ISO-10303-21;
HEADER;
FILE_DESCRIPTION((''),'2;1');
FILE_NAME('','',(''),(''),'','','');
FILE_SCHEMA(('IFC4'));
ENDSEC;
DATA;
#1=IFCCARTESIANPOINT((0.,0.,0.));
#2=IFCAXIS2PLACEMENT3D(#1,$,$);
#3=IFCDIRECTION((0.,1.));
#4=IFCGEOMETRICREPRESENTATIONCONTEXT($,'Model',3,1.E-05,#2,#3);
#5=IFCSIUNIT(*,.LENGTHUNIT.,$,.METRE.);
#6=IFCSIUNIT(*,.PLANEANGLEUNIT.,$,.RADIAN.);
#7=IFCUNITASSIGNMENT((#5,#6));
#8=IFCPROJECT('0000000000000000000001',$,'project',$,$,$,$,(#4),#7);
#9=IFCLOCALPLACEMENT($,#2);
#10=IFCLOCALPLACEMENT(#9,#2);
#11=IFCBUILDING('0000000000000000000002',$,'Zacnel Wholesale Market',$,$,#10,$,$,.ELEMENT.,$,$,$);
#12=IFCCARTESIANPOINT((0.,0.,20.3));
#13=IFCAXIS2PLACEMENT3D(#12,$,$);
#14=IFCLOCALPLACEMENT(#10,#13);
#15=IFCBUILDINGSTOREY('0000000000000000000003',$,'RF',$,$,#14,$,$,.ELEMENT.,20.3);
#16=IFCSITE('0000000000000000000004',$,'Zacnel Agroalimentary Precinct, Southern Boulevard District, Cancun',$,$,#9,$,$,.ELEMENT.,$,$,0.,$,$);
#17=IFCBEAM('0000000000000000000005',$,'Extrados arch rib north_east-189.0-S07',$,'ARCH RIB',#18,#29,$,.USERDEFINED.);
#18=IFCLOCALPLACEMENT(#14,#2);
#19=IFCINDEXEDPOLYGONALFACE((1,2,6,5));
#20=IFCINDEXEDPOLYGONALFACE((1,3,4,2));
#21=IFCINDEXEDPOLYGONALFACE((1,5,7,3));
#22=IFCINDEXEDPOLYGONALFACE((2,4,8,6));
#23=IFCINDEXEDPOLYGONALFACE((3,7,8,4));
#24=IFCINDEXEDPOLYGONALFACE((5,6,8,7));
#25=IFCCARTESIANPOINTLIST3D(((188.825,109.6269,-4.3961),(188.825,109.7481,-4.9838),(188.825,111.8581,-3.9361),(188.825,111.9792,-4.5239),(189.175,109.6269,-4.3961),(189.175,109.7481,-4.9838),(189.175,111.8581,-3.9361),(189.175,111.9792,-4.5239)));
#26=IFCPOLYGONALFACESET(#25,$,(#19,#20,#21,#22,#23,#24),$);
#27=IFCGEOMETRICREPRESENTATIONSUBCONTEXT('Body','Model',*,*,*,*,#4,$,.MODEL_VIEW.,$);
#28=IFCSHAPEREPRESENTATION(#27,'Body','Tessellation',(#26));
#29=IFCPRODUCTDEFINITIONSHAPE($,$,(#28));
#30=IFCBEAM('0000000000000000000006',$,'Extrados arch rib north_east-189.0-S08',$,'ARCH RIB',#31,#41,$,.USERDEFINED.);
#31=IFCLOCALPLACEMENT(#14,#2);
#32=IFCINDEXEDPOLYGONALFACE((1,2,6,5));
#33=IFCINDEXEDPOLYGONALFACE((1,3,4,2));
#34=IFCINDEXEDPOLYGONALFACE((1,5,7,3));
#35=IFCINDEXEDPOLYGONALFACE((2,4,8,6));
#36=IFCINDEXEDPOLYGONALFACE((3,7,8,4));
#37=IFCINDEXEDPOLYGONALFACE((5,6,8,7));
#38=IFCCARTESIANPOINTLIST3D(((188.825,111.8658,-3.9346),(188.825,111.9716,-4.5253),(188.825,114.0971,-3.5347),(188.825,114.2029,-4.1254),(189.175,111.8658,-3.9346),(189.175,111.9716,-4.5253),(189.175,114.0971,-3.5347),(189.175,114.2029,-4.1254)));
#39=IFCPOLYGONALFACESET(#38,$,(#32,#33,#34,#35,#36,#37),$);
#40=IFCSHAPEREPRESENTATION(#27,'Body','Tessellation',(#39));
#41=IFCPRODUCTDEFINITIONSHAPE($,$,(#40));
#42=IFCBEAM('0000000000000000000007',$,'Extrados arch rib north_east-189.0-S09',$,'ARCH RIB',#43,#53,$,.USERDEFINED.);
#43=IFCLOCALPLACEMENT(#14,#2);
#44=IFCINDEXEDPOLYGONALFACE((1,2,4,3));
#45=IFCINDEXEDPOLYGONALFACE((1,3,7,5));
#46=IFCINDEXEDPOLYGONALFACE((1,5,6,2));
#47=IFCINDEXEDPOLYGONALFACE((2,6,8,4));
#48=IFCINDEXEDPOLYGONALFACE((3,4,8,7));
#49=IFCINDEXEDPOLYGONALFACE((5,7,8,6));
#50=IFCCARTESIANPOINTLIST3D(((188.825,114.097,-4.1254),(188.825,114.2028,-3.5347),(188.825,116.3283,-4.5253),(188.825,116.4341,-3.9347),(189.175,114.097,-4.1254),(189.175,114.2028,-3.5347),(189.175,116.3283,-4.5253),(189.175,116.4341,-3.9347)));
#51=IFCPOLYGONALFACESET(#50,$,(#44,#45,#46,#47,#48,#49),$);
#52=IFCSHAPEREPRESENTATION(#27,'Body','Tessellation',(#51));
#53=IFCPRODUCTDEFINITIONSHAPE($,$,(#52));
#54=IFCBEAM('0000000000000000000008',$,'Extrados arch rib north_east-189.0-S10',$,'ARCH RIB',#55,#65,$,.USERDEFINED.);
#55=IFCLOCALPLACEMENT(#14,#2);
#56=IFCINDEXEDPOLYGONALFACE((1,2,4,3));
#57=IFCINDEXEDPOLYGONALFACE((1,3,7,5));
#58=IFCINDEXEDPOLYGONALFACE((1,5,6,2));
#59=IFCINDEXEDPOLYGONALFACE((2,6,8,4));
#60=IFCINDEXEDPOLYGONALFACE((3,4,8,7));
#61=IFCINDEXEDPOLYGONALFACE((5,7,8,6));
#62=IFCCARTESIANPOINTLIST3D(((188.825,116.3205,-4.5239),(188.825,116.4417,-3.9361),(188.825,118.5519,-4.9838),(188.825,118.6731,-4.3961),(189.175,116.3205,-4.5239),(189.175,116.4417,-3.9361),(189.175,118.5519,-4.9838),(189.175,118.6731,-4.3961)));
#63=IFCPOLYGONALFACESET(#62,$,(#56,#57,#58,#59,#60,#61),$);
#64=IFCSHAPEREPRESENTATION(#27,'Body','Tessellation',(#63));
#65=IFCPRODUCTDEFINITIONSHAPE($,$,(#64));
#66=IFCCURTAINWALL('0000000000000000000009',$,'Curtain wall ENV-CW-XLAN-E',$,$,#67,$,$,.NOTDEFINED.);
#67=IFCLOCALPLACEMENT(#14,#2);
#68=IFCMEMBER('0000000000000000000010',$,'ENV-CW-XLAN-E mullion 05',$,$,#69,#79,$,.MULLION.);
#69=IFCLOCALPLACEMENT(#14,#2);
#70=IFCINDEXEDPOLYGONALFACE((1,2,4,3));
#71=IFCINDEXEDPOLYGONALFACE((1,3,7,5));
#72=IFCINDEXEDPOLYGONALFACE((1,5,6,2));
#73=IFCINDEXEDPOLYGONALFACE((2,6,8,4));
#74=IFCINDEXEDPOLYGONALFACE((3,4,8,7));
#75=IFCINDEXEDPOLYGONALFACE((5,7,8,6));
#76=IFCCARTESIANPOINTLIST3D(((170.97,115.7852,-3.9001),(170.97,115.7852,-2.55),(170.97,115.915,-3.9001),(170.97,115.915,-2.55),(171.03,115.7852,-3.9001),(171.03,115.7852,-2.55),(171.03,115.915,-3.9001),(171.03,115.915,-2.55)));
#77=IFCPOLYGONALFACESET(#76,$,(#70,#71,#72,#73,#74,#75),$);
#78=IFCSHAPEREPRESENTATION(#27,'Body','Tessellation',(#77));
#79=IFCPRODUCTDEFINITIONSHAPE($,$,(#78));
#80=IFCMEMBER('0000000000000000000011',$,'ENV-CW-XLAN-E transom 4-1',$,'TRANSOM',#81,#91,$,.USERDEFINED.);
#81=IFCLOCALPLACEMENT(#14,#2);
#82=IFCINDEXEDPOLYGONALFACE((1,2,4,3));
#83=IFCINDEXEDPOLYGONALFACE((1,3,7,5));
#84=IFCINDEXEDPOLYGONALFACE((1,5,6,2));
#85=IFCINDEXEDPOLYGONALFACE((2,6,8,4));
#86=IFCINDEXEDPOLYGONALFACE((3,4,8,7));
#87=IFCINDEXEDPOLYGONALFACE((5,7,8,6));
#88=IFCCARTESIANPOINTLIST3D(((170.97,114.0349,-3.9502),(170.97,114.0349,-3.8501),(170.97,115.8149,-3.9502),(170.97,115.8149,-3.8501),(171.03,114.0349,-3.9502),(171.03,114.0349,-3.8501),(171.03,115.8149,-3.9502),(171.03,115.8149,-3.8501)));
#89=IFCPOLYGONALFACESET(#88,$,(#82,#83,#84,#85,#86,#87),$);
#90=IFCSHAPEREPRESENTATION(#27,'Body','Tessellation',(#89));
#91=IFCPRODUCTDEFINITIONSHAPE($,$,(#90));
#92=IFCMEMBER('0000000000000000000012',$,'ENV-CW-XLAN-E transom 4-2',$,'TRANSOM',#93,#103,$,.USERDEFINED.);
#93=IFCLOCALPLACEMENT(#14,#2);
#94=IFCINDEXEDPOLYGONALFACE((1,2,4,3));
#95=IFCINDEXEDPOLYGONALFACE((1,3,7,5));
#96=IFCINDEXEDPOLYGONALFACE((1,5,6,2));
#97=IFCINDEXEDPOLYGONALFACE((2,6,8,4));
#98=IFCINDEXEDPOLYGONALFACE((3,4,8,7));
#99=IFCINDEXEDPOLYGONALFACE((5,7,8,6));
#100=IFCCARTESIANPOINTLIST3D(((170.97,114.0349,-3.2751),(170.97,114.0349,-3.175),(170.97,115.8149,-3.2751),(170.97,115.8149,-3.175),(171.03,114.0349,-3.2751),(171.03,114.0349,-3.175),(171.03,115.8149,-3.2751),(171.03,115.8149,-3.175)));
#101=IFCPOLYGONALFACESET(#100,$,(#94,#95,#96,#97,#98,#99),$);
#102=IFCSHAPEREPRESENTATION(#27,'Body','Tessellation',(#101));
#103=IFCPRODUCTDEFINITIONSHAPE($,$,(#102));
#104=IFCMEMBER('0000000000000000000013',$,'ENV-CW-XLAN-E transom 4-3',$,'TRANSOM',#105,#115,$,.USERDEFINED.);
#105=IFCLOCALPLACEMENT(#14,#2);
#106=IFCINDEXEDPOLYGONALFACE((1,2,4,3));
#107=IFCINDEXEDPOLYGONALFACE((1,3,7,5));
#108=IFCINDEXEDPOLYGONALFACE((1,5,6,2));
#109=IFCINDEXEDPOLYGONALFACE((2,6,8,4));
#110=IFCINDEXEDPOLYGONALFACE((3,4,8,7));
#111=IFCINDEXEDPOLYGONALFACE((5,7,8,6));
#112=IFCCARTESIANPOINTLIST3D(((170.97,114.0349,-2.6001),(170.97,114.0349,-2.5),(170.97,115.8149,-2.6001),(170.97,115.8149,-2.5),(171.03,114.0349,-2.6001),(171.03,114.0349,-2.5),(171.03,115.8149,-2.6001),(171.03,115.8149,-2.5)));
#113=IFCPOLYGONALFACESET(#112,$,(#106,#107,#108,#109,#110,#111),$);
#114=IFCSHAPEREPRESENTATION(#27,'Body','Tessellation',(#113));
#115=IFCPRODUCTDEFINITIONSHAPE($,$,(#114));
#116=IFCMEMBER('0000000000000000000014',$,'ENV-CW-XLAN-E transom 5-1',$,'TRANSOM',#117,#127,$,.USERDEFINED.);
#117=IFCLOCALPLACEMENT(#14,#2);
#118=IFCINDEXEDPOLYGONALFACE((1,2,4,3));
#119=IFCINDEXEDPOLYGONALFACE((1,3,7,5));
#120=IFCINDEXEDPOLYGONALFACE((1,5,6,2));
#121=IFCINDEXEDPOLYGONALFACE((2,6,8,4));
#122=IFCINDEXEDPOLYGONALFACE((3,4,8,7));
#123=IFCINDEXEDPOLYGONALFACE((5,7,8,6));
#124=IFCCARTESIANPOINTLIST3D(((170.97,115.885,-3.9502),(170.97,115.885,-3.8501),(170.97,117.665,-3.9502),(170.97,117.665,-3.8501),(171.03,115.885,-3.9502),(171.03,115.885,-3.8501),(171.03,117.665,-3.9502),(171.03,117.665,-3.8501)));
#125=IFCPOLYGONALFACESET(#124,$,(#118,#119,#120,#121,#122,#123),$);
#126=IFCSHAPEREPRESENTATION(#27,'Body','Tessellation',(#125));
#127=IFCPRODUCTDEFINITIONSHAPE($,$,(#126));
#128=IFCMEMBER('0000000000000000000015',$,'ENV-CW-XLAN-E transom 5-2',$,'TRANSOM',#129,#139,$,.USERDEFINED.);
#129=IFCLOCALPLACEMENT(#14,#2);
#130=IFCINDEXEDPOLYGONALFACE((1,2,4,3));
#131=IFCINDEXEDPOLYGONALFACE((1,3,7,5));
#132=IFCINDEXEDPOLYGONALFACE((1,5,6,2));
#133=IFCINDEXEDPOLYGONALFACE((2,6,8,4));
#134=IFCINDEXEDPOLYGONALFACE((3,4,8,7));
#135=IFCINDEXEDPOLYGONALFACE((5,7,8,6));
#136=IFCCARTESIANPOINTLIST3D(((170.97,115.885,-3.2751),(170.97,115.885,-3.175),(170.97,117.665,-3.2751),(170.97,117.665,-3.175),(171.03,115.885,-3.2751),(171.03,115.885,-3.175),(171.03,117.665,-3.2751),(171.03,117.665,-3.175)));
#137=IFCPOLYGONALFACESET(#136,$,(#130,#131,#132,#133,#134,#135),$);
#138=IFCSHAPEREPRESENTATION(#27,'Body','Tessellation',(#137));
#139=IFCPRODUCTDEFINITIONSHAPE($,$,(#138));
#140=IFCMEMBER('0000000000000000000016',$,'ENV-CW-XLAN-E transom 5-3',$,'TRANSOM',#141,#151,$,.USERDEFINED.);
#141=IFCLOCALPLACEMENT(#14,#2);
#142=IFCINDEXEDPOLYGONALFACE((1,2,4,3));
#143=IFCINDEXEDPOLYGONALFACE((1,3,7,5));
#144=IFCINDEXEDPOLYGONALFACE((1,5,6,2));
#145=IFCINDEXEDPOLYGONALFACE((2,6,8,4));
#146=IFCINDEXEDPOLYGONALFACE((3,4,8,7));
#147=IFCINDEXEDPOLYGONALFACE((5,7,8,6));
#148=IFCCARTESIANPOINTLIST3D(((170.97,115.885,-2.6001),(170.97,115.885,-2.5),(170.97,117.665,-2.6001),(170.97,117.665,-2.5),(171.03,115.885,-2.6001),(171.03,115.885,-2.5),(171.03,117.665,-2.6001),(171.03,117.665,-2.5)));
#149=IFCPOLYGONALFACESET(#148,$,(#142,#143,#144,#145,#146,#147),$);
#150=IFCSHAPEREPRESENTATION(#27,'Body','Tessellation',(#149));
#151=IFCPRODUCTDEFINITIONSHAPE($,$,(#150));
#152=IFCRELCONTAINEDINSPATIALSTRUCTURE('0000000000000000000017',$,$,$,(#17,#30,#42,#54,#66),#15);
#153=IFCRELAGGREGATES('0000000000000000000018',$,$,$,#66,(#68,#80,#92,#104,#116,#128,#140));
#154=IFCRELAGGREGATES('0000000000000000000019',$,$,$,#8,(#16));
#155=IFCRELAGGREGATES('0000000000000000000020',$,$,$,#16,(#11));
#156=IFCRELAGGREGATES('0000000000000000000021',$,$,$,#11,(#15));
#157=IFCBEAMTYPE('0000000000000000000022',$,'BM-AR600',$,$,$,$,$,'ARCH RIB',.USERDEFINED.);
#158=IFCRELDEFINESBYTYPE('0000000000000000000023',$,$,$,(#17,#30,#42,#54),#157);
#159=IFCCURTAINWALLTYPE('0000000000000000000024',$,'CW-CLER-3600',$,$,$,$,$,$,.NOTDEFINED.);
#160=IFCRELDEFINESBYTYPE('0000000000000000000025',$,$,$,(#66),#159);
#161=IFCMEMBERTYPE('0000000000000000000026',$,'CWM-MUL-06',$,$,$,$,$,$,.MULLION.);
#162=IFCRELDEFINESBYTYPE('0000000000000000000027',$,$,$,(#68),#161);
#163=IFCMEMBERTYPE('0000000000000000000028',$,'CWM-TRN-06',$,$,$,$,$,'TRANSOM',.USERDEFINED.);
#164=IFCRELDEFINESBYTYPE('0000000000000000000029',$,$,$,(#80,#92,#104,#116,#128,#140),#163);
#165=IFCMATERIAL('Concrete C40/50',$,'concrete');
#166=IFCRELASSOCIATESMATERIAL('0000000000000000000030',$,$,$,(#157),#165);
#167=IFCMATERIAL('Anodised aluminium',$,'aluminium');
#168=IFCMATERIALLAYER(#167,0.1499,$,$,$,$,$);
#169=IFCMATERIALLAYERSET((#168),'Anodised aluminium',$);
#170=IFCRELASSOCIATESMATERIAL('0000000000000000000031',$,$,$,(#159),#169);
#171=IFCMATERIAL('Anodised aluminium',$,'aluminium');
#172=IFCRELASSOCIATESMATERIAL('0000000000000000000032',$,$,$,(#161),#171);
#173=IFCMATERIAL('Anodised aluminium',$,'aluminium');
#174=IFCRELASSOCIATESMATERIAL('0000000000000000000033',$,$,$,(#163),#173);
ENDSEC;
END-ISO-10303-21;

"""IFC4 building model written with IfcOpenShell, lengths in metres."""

from ifc_helpers import new_model, si_unit, direction, frame, origin, origin_2d, place, context, subcontext, project, spatial, rectangle, extrude, material, layer, layer_set, material_profile, profile_set, type_object, element, aggregate, save


model = new_model("IFC4")

# Units and contexts
model_context = context("Model", 3, precision=1e-05, world=origin(), true_north=direction((0.0, 1.0)))
body_context = subcontext(model_context, "Body", "Model", "MODEL_VIEW")
ifc_project = project(units=[si_unit("LENGTHUNIT", "METRE"), si_unit("PLANEANGLEUNIT", "RADIAN")], contexts=[model_context])

# Site, building, storey
site_placement = place(None, origin())
site = spatial("IfcSite", under=ifc_project, at=site_placement, Name="Zacnel Agroalimentary Precinct, Southern Boulevard District, Cancun", CompositionType="ELEMENT", RefElevation=0.0)
building_placement = place(site_placement, origin())
building = spatial("IfcBuilding", under=site, at=building_placement, Name="Zacnel Wholesale Market", CompositionType="ELEMENT")
storey_placement = place(building_placement, frame((0.0, 0.0, 20.3)))
storey = spatial("IfcBuildingStorey", under=building, at=storey_placement, Name="RF", CompositionType="ELEMENT", Elevation=20.3)

# Beams
ifc_material_1 = material(Name="Concrete C40/50", Category="concrete")
ifc_material_profile_1 = material_profile(ifc_material_1, rectangle(XDim=0.3501, YDim=0.6001, at=origin_2d()), Name="ARCH RIB 350x600")
ifc_profile_set_1 = profile_set([ifc_material_profile_1], Name="Concrete C40/50")
beam_type = type_object("IfcBeamType", Name="BM-AR600", ElementType="ARCH RIB", PredefinedType="USERDEFINED", material=ifc_profile_set_1)
beam_1_placement = place(storey_placement, frame((189.0, 109.6875, -4.6899), z_axis=(0.0, 0.979405, 0.201904), x_axis=(-1.0, 0.0, 0.0)))
element("IfcBeam", 1, at=beam_1_placement, inside=storey, type_object=beam_type, Name="Extrados arch rib north_east-189.0-S07", ObjectType="ARCH RIB", PredefinedType="USERDEFINED", context=body_context, shape_type="SweptSolid", body=[
    extrude(rectangle(XDim=0.3501, YDim=0.6001, at=origin_2d()), origin(), (0.0, 0.0, 1.0), 2.2781),
])
for number, where, z_axis, x_axis, name in (
    (2, (189.0, 111.9187, -4.23), (0.0, 0.984315, 0.176421), (-1.0, 0.0, 0.0), "Extrados arch rib north_east-189.0-S08"),
    (3, (189.0, 114.1499, -3.8301), (0.0, 0.984315, -0.176421), (-1.0, 0.0, 0.0), "Extrados arch rib north_east-189.0-S09"),
):
    element("IfcBeam", number, at=place(storey_placement, frame(where, z_axis=z_axis, x_axis=x_axis)), inside=storey, type_object=beam_type, Name=name, ObjectType="ARCH RIB", PredefinedType="USERDEFINED", context=body_context, shape_type="SweptSolid", body=[
        extrude(rectangle(XDim=0.3501, YDim=0.6001, at=origin_2d()), origin(), (0.0, 0.0, 1.0), 2.2668),
    ])
beam_2_placement = place(storey_placement, frame((189.0, 116.3811, -4.23), z_axis=(0.0, 0.97941, -0.201883), x_axis=(-1.0, 0.0, 0.0)))
element("IfcBeam", 4, at=beam_2_placement, inside=storey, type_object=beam_type, Name="Extrados arch rib north_east-189.0-S10", ObjectType="ARCH RIB", PredefinedType="USERDEFINED", context=body_context, shape_type="SweptSolid", body=[
    extrude(rectangle(XDim=0.3501, YDim=0.6001, at=origin_2d()), origin(), (0.0, 0.0, 1.0), 2.2783),
])

# Curtain wall, members
ifc_material_2 = material(Name="Anodised aluminium", Category="aluminium")
ifc_layer_1 = layer(ifc_material_2, 0.1499)
ifc_layer_set_1 = layer_set([ifc_layer_1], Name="Anodised aluminium")
curtain_wall_type = type_object("IfcCurtainWallType", Name="CW-CLER-3600", PredefinedType="NOTDEFINED", material=ifc_layer_set_1)
curtain_wall_placement = place(storey_placement, origin())
curtain_wall = element("IfcCurtainWall", 5, at=curtain_wall_placement, inside=storey, type_object=curtain_wall_type, Name="Curtain wall ENV-CW-XLAN-E", PredefinedType="NOTDEFINED")
ifc_material_3 = material(Name="Anodised aluminium", Category="aluminium")
ifc_material_profile_2 = material_profile(ifc_material_3, rectangle(XDim=0.0601, YDim=0.1299, at=origin_2d()), Name="AW-MULLION 60x130")
ifc_profile_set_2 = profile_set([ifc_material_profile_2], Name="Anodised aluminium")
member_type_1 = type_object("IfcMemberType", Name="CWM-MUL-06", PredefinedType="MULLION", material=ifc_profile_set_2)
member_1_placement = place(storey_placement, frame((171.0, 115.8501, -3.9001), z_axis=(0.0, 0.0, 1.0), x_axis=(1.0, 0.0, 0.0)))
member_1 = element("IfcMember", 6, at=member_1_placement, type_object=member_type_1, Name="ENV-CW-XLAN-E mullion 05", PredefinedType="MULLION", context=body_context, shape_type="SweptSolid", body=[
    extrude(rectangle(XDim=0.0601, YDim=0.1299, at=origin_2d()), origin(), (0.0, 0.0, 1.0), 1.3501),
])
ifc_material_4 = material(Name="Anodised aluminium", Category="aluminium")
ifc_material_profile_3 = material_profile(ifc_material_4, rectangle(XDim=0.0601, YDim=0.1001, at=origin_2d()), Name="AW-TRANSOM 60x100")
ifc_profile_set_3 = profile_set([ifc_material_profile_3], Name="Anodised aluminium")
member_type_2 = type_object("IfcMemberType", Name="CWM-TRN-06", ElementType="TRANSOM", PredefinedType="USERDEFINED", material=ifc_profile_set_3)
member_2_placement = place(storey_placement, frame((171.0, 114.0349, -3.9001), z_axis=(0.0, 1.0, 0.0), x_axis=(-1.0, 0.0, 0.0)))
member_2 = element("IfcMember", 7, at=member_2_placement, type_object=member_type_2, Name="ENV-CW-XLAN-E transom 4-1", ObjectType="TRANSOM", PredefinedType="USERDEFINED", context=body_context, shape_type="SweptSolid", body=[
    extrude(rectangle(XDim=0.0601, YDim=0.1001, at=origin_2d()), origin(), (0.0, 0.0, 1.0), 1.78),
])
member_3_placement = place(storey_placement, frame((171.0, 114.0349, -3.2251), z_axis=(0.0, 1.0, 0.0), x_axis=(-1.0, 0.0, 0.0)))
member_3 = element("IfcMember", 8, at=member_3_placement, type_object=member_type_2, Name="ENV-CW-XLAN-E transom 4-2", ObjectType="TRANSOM", PredefinedType="USERDEFINED", context=body_context, shape_type="SweptSolid", body=[
    extrude(rectangle(XDim=0.0601, YDim=0.1001, at=origin_2d()), origin(), (0.0, 0.0, 1.0), 1.78),
])
member_4_placement = place(storey_placement, frame((171.0, 114.0349, -2.55), z_axis=(0.0, 1.0, 0.0), x_axis=(-1.0, 0.0, 0.0)))
member_4 = element("IfcMember", 9, at=member_4_placement, type_object=member_type_2, Name="ENV-CW-XLAN-E transom 4-3", ObjectType="TRANSOM", PredefinedType="USERDEFINED", context=body_context, shape_type="SweptSolid", body=[
    extrude(rectangle(XDim=0.0601, YDim=0.1001, at=origin_2d()), origin(), (0.0, 0.0, 1.0), 1.78),
])
member_5_placement = place(storey_placement, frame((171.0, 115.885, -3.9001), z_axis=(0.0, 1.0, 0.0), x_axis=(-1.0, 0.0, 0.0)))
member_5 = element("IfcMember", 10, at=member_5_placement, type_object=member_type_2, Name="ENV-CW-XLAN-E transom 5-1", ObjectType="TRANSOM", PredefinedType="USERDEFINED", context=body_context, shape_type="SweptSolid", body=[
    extrude(rectangle(XDim=0.0601, YDim=0.1001, at=origin_2d()), origin(), (0.0, 0.0, 1.0), 1.78),
])
member_6_placement = place(storey_placement, frame((171.0, 115.885, -3.2251), z_axis=(0.0, 1.0, 0.0), x_axis=(-1.0, 0.0, 0.0)))
member_6 = element("IfcMember", 11, at=member_6_placement, type_object=member_type_2, Name="ENV-CW-XLAN-E transom 5-2", ObjectType="TRANSOM", PredefinedType="USERDEFINED", context=body_context, shape_type="SweptSolid", body=[
    extrude(rectangle(XDim=0.0601, YDim=0.1001, at=origin_2d()), origin(), (0.0, 0.0, 1.0), 1.78),
])
member_7_placement = place(storey_placement, frame((171.0, 115.885, -2.55), z_axis=(0.0, 1.0, 0.0), x_axis=(-1.0, 0.0, 0.0)))
member_7 = element("IfcMember", 12, at=member_7_placement, type_object=member_type_2, Name="ENV-CW-XLAN-E transom 5-3", ObjectType="TRANSOM", PredefinedType="USERDEFINED", context=body_context, shape_type="SweptSolid", body=[
    extrude(rectangle(XDim=0.0601, YDim=0.1001, at=origin_2d()), origin(), (0.0, 0.0, 1.0), 1.78),
])

aggregate(curtain_wall, [member_1, member_2, member_3, member_4, member_5, member_6, member_7])

save(model, "model.ifc")
